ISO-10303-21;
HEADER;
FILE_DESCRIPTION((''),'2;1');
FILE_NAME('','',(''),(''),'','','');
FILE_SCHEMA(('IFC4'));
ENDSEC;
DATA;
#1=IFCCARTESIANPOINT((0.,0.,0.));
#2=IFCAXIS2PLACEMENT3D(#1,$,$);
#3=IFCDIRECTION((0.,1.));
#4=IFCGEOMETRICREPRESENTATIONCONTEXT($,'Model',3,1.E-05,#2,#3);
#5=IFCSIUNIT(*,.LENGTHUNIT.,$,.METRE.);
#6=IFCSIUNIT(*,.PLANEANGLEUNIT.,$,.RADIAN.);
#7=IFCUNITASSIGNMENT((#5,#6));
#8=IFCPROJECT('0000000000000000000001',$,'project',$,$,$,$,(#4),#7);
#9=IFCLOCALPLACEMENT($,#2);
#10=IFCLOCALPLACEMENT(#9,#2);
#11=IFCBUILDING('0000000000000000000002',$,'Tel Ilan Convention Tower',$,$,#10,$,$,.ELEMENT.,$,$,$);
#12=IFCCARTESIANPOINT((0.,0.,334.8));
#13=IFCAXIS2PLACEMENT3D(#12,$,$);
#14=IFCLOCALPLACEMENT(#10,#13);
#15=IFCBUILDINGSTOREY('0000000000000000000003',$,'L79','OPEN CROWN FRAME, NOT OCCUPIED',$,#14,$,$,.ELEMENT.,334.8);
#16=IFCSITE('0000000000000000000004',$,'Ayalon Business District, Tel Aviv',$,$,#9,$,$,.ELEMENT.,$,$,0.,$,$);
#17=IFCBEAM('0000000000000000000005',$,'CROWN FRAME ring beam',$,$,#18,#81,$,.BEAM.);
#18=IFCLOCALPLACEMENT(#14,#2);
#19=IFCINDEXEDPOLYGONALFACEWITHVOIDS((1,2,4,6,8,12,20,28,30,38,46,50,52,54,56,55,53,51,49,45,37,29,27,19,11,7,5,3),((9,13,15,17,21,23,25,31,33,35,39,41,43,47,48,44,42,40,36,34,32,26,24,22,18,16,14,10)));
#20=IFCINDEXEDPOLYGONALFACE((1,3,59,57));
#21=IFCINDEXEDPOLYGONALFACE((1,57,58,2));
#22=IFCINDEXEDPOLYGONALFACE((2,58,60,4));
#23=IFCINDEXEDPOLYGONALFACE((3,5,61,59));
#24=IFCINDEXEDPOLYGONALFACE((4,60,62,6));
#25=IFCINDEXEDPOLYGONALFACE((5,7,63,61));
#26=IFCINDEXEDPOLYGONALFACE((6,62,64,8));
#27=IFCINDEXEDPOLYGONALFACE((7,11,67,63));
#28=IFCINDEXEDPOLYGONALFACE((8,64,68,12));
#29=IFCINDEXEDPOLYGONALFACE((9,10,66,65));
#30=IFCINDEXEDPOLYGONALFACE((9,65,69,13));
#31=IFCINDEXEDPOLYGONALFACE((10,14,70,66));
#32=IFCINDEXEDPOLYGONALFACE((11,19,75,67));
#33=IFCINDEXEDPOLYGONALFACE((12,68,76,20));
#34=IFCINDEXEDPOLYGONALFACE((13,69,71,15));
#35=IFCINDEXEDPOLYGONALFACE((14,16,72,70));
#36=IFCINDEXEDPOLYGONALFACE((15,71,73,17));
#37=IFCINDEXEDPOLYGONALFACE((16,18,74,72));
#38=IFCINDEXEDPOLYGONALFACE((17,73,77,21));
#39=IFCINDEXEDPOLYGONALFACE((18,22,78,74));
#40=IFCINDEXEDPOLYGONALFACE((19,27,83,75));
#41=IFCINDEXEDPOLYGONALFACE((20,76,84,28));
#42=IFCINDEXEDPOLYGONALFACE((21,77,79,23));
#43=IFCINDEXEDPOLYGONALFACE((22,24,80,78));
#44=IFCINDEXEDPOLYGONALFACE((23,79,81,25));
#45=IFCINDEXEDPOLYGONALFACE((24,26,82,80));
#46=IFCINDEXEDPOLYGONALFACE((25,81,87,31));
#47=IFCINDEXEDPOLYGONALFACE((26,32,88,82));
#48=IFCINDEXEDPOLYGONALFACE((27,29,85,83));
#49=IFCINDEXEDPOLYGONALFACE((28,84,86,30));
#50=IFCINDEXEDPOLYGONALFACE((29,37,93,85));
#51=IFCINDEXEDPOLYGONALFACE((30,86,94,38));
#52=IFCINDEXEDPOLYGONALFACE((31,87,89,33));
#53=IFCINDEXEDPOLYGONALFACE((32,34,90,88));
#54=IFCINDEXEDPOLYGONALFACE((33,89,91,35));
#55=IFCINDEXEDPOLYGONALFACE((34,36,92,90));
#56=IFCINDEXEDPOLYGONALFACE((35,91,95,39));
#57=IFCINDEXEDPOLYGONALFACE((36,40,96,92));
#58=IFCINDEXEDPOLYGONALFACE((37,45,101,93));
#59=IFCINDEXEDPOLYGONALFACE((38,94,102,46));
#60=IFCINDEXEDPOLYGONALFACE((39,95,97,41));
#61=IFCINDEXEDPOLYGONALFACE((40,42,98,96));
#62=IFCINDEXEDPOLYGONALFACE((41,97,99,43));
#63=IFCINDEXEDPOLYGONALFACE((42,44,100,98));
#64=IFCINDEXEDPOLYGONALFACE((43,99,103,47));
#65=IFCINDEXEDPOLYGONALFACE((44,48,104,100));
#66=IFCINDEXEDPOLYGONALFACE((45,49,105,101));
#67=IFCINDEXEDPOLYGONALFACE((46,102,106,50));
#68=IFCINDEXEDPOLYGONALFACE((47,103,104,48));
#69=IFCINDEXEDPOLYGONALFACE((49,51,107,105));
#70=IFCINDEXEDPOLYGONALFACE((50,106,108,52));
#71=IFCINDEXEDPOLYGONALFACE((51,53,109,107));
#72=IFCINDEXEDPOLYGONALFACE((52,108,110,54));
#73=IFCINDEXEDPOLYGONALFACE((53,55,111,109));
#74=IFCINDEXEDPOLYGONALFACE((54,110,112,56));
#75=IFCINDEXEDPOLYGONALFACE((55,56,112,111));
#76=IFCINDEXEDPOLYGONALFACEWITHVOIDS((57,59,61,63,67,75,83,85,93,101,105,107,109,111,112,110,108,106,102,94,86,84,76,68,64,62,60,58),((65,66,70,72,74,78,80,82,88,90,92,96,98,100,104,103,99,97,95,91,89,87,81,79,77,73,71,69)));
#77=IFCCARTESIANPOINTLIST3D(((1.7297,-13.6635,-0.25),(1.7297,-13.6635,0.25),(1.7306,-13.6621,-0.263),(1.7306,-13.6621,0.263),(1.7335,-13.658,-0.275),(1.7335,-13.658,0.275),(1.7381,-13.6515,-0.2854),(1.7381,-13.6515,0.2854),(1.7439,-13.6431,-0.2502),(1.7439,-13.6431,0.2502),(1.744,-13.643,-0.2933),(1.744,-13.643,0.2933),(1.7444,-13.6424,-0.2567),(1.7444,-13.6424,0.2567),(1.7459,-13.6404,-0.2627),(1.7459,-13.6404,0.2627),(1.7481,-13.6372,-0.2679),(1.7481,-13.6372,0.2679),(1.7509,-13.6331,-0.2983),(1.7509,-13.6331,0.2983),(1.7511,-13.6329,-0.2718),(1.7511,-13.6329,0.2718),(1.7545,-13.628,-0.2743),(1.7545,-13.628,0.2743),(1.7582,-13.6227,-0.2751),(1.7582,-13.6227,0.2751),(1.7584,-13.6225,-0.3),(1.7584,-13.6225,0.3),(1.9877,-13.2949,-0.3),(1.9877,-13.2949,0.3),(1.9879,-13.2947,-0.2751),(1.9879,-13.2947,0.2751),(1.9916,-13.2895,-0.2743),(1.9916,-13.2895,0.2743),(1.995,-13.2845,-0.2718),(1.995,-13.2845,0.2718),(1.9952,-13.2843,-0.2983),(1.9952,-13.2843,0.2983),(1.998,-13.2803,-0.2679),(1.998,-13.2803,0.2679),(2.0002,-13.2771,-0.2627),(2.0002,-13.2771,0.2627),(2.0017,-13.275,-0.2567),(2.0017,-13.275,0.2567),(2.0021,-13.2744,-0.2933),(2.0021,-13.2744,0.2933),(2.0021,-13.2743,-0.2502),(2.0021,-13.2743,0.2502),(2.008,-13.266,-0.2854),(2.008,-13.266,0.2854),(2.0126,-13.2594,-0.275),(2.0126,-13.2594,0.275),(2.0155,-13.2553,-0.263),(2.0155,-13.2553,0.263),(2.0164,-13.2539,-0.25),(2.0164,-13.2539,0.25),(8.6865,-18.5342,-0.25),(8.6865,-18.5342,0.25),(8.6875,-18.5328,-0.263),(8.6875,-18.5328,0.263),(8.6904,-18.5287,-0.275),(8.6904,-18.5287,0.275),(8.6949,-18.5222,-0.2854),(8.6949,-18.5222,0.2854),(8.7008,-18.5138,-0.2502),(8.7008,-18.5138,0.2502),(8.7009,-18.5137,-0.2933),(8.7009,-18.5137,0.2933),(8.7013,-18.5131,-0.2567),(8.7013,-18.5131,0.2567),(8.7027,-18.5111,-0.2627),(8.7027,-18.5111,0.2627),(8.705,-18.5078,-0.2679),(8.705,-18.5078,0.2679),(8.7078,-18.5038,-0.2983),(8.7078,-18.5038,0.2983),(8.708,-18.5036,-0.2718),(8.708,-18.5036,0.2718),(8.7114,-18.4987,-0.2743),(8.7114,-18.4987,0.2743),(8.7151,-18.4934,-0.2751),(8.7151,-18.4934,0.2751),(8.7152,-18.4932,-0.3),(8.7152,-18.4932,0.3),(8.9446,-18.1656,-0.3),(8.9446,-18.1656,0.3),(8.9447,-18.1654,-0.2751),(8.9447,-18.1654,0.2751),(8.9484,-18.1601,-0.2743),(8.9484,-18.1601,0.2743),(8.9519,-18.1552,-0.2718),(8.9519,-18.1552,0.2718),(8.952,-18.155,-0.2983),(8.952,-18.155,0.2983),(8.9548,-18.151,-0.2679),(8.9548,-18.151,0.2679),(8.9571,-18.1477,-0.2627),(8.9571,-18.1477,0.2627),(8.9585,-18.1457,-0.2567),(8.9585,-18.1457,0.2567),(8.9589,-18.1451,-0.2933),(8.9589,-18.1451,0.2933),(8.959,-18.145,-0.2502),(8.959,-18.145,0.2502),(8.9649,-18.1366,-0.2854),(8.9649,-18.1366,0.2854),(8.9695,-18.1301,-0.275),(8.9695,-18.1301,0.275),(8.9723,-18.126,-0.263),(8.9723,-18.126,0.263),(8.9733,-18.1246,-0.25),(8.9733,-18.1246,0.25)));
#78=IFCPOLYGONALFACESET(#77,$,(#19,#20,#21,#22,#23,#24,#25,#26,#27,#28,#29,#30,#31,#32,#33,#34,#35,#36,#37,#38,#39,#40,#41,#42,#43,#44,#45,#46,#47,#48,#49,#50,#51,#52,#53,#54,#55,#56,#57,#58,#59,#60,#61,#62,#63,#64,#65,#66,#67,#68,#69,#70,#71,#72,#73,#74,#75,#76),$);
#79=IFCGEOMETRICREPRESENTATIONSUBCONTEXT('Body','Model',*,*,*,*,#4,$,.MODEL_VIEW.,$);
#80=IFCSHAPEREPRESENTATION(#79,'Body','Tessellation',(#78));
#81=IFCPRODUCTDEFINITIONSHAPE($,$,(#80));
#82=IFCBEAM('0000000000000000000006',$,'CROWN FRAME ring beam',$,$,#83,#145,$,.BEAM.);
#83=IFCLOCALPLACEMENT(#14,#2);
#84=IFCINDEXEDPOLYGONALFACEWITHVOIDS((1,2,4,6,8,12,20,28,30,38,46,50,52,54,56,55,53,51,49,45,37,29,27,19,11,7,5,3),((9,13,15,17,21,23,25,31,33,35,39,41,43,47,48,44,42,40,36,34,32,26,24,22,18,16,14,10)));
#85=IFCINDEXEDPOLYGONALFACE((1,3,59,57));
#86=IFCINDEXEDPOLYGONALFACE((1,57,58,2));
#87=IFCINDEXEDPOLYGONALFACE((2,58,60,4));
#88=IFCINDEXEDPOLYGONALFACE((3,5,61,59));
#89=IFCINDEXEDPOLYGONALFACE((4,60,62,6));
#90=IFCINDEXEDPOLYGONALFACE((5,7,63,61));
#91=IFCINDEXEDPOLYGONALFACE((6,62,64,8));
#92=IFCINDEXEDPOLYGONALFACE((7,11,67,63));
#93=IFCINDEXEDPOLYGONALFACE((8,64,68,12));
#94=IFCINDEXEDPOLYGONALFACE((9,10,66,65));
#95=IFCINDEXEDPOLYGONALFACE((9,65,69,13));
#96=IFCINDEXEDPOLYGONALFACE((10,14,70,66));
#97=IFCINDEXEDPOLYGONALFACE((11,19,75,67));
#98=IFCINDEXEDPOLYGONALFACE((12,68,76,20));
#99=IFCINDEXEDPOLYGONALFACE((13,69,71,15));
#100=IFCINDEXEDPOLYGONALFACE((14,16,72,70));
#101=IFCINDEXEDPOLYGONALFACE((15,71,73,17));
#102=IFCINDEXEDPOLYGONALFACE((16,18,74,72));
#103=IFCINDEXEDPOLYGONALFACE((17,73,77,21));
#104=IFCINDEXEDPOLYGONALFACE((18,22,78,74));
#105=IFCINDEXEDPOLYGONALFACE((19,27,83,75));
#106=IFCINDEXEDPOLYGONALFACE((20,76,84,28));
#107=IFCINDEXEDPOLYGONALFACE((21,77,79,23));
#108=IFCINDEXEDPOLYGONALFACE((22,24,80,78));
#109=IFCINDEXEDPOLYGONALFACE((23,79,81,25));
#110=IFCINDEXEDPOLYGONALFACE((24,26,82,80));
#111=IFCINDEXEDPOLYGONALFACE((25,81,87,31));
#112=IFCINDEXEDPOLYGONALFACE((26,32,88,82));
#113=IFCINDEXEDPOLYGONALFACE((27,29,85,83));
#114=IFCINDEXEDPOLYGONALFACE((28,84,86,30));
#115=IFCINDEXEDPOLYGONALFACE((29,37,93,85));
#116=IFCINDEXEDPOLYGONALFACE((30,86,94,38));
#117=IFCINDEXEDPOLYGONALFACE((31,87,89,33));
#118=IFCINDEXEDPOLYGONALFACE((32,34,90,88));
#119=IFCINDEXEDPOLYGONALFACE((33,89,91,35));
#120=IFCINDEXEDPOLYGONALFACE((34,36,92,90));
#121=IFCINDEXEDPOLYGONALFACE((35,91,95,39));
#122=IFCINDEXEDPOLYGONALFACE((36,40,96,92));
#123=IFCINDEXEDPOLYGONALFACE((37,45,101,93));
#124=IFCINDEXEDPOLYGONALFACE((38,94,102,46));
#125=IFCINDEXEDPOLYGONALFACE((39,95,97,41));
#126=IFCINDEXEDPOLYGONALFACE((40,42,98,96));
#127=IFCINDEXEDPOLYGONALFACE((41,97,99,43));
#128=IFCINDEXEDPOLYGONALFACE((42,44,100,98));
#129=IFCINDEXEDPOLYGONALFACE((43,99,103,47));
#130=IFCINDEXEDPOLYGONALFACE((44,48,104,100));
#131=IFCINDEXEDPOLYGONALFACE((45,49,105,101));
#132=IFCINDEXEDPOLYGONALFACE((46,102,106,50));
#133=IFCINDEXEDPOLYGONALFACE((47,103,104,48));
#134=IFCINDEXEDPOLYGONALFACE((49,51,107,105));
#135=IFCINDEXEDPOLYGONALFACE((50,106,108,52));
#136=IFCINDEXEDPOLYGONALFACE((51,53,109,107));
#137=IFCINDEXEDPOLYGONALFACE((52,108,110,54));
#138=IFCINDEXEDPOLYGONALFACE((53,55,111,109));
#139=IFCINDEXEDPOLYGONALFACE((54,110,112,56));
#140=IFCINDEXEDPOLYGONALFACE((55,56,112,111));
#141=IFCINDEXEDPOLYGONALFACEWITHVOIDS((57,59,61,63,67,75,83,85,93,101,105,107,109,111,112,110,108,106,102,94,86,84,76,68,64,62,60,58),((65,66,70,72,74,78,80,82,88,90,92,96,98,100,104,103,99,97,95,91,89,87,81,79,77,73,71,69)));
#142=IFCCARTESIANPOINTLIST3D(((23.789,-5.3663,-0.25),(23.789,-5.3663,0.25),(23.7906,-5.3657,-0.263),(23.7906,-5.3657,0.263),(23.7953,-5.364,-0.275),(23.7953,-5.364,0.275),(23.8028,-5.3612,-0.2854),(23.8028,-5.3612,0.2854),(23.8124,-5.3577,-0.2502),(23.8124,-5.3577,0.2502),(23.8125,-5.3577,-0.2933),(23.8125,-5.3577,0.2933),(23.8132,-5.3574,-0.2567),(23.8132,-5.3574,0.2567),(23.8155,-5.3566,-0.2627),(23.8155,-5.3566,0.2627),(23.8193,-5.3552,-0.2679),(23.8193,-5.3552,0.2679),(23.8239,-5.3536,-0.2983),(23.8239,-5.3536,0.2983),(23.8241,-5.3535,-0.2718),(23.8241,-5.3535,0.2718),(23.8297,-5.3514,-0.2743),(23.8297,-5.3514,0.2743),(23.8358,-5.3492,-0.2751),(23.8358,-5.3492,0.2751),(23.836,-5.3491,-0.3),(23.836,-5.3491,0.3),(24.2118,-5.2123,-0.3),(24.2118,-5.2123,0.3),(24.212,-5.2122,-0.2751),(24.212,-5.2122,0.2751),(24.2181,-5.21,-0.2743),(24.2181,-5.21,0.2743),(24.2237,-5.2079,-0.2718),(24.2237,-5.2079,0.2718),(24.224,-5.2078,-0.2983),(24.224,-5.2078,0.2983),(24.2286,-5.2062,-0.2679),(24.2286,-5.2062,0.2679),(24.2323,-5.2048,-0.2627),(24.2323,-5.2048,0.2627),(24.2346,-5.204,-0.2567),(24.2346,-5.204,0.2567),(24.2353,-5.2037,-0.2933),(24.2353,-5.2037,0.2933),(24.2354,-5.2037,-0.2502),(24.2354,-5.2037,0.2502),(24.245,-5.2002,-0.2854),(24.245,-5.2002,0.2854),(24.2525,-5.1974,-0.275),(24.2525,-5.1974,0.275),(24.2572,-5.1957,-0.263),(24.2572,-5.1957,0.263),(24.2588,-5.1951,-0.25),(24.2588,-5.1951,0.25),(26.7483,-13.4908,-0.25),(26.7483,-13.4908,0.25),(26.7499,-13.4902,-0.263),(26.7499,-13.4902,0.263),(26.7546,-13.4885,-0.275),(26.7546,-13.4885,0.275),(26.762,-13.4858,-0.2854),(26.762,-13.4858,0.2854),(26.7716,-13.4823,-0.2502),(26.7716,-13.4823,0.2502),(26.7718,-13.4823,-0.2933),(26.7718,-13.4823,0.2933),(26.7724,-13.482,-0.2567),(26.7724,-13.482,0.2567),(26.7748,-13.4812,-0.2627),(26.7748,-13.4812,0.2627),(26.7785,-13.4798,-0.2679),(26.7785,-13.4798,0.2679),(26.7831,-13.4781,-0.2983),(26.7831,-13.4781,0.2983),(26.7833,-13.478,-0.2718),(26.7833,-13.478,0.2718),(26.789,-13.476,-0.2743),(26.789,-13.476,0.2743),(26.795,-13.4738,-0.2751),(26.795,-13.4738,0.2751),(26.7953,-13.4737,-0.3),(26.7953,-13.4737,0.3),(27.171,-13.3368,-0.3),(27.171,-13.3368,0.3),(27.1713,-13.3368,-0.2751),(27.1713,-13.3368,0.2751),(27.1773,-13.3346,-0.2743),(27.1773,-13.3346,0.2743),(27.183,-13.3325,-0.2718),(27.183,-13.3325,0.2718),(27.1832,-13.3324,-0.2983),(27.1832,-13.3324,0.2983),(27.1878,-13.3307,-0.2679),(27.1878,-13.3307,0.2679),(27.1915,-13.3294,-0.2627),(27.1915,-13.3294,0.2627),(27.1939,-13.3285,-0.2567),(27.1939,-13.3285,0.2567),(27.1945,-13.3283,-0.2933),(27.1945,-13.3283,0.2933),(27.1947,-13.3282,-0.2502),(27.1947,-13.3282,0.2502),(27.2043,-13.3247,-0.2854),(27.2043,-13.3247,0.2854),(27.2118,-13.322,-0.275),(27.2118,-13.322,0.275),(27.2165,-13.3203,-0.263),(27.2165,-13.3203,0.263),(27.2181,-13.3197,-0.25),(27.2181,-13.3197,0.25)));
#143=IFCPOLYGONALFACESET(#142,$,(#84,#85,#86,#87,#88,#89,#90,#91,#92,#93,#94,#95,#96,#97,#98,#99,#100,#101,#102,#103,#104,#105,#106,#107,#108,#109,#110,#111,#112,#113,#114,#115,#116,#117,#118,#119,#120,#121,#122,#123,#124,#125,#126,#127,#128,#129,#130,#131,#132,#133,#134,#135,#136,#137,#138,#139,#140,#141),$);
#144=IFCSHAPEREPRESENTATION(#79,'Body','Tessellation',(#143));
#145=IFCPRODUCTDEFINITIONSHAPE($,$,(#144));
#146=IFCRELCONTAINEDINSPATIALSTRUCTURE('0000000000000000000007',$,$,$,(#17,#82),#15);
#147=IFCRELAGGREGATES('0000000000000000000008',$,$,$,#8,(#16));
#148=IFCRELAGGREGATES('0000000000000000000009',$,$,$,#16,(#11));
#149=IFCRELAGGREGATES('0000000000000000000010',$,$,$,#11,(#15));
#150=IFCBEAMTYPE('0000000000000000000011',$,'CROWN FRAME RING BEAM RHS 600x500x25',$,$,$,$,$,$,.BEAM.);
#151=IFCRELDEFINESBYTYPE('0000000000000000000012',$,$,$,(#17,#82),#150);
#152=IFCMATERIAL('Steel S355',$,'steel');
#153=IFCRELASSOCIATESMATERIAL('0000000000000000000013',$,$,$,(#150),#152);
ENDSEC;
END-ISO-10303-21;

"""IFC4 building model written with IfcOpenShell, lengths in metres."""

from ifc_helpers import new_model, si_unit, direction, frame, origin, origin_2d, place, context, subcontext, project, spatial, hollow_rectangle, extrude, material, material_profile, profile_set, type_object, element, save


model = new_model("IFC4")

# Units and contexts
model_context = context("Model", 3, precision=1e-05, world=origin(), true_north=direction((0.0, 1.0)))
body_context = subcontext(model_context, "Body", "Model", "MODEL_VIEW")
ifc_project = project(units=[si_unit("LENGTHUNIT", "METRE"), si_unit("PLANEANGLEUNIT", "RADIAN")], contexts=[model_context])

# Site, building, storey
site_placement = place(None, origin())
site = spatial("IfcSite", under=ifc_project, at=site_placement, Name="Ayalon Business District, Tel Aviv", CompositionType="ELEMENT", RefElevation=0.0)
building_placement = place(site_placement, origin())
building = spatial("IfcBuilding", under=site, at=building_placement, Name="Tel Ilan Convention Tower", CompositionType="ELEMENT")
storey_placement = place(building_placement, frame((0.0, 0.0, 334.8)))
storey = spatial("IfcBuildingStorey", under=building, at=storey_placement, Name="L79", Description="OPEN CROWN FRAME, NOT OCCUPIED", CompositionType="ELEMENT", Elevation=334.8)

# Beams
ifc_material_1 = material(Name="Steel S355", Category="steel")
ifc_material_profile_1 = material_profile(ifc_material_1, hollow_rectangle(XDim=0.5, YDim=0.6001, WallThickness=0.0249, InnerFilletRadius=0.0249, OuterFilletRadius=0.05, at=origin_2d()), Name="RHS 600x500x25")
ifc_profile_set_1 = profile_set([ifc_material_profile_1], Name="Steel S355")
beam_type = type_object("IfcBeamType", Name="CROWN FRAME RING BEAM RHS 600x500x25", PredefinedType="BEAM", material=ifc_profile_set_1)
beam_1_placement = place(storey_placement, frame((1.873, -13.4587, 0.0), z_axis=(0.819185, -0.57353, 0.0), x_axis=(0.57353, 0.819185, 0.0)))
element("IfcBeam", 1, at=beam_1_placement, inside=storey, type_object=beam_type, Name="CROWN FRAME ring beam", PredefinedType="BEAM", context=body_context, shape_type="SweptSolid", body=[
    extrude(hollow_rectangle(XDim=0.5, YDim=0.6001, WallThickness=0.0249, InnerFilletRadius=0.0249, OuterFilletRadius=0.05, at=origin_2d()), origin(), (0.0, 0.0, 1.0), 8.4924),
])
beam_2_placement = place(storey_placement, frame((26.9832, -13.4053, 0.0), z_axis=(-0.34224, 0.939613, 0.0), x_axis=(-0.939613, -0.34224, 0.0)))
element("IfcBeam", 2, at=beam_2_placement, inside=storey, type_object=beam_type, Name="CROWN FRAME ring beam", PredefinedType="BEAM", context=body_context, shape_type="SweptSolid", body=[
    extrude(hollow_rectangle(XDim=0.5, YDim=0.6001, WallThickness=0.0249, InnerFilletRadius=0.0249, OuterFilletRadius=0.05, at=origin_2d()), origin(), (0.0, 0.0, 1.0), 8.6467),
])

save(model, "model.ifc")
